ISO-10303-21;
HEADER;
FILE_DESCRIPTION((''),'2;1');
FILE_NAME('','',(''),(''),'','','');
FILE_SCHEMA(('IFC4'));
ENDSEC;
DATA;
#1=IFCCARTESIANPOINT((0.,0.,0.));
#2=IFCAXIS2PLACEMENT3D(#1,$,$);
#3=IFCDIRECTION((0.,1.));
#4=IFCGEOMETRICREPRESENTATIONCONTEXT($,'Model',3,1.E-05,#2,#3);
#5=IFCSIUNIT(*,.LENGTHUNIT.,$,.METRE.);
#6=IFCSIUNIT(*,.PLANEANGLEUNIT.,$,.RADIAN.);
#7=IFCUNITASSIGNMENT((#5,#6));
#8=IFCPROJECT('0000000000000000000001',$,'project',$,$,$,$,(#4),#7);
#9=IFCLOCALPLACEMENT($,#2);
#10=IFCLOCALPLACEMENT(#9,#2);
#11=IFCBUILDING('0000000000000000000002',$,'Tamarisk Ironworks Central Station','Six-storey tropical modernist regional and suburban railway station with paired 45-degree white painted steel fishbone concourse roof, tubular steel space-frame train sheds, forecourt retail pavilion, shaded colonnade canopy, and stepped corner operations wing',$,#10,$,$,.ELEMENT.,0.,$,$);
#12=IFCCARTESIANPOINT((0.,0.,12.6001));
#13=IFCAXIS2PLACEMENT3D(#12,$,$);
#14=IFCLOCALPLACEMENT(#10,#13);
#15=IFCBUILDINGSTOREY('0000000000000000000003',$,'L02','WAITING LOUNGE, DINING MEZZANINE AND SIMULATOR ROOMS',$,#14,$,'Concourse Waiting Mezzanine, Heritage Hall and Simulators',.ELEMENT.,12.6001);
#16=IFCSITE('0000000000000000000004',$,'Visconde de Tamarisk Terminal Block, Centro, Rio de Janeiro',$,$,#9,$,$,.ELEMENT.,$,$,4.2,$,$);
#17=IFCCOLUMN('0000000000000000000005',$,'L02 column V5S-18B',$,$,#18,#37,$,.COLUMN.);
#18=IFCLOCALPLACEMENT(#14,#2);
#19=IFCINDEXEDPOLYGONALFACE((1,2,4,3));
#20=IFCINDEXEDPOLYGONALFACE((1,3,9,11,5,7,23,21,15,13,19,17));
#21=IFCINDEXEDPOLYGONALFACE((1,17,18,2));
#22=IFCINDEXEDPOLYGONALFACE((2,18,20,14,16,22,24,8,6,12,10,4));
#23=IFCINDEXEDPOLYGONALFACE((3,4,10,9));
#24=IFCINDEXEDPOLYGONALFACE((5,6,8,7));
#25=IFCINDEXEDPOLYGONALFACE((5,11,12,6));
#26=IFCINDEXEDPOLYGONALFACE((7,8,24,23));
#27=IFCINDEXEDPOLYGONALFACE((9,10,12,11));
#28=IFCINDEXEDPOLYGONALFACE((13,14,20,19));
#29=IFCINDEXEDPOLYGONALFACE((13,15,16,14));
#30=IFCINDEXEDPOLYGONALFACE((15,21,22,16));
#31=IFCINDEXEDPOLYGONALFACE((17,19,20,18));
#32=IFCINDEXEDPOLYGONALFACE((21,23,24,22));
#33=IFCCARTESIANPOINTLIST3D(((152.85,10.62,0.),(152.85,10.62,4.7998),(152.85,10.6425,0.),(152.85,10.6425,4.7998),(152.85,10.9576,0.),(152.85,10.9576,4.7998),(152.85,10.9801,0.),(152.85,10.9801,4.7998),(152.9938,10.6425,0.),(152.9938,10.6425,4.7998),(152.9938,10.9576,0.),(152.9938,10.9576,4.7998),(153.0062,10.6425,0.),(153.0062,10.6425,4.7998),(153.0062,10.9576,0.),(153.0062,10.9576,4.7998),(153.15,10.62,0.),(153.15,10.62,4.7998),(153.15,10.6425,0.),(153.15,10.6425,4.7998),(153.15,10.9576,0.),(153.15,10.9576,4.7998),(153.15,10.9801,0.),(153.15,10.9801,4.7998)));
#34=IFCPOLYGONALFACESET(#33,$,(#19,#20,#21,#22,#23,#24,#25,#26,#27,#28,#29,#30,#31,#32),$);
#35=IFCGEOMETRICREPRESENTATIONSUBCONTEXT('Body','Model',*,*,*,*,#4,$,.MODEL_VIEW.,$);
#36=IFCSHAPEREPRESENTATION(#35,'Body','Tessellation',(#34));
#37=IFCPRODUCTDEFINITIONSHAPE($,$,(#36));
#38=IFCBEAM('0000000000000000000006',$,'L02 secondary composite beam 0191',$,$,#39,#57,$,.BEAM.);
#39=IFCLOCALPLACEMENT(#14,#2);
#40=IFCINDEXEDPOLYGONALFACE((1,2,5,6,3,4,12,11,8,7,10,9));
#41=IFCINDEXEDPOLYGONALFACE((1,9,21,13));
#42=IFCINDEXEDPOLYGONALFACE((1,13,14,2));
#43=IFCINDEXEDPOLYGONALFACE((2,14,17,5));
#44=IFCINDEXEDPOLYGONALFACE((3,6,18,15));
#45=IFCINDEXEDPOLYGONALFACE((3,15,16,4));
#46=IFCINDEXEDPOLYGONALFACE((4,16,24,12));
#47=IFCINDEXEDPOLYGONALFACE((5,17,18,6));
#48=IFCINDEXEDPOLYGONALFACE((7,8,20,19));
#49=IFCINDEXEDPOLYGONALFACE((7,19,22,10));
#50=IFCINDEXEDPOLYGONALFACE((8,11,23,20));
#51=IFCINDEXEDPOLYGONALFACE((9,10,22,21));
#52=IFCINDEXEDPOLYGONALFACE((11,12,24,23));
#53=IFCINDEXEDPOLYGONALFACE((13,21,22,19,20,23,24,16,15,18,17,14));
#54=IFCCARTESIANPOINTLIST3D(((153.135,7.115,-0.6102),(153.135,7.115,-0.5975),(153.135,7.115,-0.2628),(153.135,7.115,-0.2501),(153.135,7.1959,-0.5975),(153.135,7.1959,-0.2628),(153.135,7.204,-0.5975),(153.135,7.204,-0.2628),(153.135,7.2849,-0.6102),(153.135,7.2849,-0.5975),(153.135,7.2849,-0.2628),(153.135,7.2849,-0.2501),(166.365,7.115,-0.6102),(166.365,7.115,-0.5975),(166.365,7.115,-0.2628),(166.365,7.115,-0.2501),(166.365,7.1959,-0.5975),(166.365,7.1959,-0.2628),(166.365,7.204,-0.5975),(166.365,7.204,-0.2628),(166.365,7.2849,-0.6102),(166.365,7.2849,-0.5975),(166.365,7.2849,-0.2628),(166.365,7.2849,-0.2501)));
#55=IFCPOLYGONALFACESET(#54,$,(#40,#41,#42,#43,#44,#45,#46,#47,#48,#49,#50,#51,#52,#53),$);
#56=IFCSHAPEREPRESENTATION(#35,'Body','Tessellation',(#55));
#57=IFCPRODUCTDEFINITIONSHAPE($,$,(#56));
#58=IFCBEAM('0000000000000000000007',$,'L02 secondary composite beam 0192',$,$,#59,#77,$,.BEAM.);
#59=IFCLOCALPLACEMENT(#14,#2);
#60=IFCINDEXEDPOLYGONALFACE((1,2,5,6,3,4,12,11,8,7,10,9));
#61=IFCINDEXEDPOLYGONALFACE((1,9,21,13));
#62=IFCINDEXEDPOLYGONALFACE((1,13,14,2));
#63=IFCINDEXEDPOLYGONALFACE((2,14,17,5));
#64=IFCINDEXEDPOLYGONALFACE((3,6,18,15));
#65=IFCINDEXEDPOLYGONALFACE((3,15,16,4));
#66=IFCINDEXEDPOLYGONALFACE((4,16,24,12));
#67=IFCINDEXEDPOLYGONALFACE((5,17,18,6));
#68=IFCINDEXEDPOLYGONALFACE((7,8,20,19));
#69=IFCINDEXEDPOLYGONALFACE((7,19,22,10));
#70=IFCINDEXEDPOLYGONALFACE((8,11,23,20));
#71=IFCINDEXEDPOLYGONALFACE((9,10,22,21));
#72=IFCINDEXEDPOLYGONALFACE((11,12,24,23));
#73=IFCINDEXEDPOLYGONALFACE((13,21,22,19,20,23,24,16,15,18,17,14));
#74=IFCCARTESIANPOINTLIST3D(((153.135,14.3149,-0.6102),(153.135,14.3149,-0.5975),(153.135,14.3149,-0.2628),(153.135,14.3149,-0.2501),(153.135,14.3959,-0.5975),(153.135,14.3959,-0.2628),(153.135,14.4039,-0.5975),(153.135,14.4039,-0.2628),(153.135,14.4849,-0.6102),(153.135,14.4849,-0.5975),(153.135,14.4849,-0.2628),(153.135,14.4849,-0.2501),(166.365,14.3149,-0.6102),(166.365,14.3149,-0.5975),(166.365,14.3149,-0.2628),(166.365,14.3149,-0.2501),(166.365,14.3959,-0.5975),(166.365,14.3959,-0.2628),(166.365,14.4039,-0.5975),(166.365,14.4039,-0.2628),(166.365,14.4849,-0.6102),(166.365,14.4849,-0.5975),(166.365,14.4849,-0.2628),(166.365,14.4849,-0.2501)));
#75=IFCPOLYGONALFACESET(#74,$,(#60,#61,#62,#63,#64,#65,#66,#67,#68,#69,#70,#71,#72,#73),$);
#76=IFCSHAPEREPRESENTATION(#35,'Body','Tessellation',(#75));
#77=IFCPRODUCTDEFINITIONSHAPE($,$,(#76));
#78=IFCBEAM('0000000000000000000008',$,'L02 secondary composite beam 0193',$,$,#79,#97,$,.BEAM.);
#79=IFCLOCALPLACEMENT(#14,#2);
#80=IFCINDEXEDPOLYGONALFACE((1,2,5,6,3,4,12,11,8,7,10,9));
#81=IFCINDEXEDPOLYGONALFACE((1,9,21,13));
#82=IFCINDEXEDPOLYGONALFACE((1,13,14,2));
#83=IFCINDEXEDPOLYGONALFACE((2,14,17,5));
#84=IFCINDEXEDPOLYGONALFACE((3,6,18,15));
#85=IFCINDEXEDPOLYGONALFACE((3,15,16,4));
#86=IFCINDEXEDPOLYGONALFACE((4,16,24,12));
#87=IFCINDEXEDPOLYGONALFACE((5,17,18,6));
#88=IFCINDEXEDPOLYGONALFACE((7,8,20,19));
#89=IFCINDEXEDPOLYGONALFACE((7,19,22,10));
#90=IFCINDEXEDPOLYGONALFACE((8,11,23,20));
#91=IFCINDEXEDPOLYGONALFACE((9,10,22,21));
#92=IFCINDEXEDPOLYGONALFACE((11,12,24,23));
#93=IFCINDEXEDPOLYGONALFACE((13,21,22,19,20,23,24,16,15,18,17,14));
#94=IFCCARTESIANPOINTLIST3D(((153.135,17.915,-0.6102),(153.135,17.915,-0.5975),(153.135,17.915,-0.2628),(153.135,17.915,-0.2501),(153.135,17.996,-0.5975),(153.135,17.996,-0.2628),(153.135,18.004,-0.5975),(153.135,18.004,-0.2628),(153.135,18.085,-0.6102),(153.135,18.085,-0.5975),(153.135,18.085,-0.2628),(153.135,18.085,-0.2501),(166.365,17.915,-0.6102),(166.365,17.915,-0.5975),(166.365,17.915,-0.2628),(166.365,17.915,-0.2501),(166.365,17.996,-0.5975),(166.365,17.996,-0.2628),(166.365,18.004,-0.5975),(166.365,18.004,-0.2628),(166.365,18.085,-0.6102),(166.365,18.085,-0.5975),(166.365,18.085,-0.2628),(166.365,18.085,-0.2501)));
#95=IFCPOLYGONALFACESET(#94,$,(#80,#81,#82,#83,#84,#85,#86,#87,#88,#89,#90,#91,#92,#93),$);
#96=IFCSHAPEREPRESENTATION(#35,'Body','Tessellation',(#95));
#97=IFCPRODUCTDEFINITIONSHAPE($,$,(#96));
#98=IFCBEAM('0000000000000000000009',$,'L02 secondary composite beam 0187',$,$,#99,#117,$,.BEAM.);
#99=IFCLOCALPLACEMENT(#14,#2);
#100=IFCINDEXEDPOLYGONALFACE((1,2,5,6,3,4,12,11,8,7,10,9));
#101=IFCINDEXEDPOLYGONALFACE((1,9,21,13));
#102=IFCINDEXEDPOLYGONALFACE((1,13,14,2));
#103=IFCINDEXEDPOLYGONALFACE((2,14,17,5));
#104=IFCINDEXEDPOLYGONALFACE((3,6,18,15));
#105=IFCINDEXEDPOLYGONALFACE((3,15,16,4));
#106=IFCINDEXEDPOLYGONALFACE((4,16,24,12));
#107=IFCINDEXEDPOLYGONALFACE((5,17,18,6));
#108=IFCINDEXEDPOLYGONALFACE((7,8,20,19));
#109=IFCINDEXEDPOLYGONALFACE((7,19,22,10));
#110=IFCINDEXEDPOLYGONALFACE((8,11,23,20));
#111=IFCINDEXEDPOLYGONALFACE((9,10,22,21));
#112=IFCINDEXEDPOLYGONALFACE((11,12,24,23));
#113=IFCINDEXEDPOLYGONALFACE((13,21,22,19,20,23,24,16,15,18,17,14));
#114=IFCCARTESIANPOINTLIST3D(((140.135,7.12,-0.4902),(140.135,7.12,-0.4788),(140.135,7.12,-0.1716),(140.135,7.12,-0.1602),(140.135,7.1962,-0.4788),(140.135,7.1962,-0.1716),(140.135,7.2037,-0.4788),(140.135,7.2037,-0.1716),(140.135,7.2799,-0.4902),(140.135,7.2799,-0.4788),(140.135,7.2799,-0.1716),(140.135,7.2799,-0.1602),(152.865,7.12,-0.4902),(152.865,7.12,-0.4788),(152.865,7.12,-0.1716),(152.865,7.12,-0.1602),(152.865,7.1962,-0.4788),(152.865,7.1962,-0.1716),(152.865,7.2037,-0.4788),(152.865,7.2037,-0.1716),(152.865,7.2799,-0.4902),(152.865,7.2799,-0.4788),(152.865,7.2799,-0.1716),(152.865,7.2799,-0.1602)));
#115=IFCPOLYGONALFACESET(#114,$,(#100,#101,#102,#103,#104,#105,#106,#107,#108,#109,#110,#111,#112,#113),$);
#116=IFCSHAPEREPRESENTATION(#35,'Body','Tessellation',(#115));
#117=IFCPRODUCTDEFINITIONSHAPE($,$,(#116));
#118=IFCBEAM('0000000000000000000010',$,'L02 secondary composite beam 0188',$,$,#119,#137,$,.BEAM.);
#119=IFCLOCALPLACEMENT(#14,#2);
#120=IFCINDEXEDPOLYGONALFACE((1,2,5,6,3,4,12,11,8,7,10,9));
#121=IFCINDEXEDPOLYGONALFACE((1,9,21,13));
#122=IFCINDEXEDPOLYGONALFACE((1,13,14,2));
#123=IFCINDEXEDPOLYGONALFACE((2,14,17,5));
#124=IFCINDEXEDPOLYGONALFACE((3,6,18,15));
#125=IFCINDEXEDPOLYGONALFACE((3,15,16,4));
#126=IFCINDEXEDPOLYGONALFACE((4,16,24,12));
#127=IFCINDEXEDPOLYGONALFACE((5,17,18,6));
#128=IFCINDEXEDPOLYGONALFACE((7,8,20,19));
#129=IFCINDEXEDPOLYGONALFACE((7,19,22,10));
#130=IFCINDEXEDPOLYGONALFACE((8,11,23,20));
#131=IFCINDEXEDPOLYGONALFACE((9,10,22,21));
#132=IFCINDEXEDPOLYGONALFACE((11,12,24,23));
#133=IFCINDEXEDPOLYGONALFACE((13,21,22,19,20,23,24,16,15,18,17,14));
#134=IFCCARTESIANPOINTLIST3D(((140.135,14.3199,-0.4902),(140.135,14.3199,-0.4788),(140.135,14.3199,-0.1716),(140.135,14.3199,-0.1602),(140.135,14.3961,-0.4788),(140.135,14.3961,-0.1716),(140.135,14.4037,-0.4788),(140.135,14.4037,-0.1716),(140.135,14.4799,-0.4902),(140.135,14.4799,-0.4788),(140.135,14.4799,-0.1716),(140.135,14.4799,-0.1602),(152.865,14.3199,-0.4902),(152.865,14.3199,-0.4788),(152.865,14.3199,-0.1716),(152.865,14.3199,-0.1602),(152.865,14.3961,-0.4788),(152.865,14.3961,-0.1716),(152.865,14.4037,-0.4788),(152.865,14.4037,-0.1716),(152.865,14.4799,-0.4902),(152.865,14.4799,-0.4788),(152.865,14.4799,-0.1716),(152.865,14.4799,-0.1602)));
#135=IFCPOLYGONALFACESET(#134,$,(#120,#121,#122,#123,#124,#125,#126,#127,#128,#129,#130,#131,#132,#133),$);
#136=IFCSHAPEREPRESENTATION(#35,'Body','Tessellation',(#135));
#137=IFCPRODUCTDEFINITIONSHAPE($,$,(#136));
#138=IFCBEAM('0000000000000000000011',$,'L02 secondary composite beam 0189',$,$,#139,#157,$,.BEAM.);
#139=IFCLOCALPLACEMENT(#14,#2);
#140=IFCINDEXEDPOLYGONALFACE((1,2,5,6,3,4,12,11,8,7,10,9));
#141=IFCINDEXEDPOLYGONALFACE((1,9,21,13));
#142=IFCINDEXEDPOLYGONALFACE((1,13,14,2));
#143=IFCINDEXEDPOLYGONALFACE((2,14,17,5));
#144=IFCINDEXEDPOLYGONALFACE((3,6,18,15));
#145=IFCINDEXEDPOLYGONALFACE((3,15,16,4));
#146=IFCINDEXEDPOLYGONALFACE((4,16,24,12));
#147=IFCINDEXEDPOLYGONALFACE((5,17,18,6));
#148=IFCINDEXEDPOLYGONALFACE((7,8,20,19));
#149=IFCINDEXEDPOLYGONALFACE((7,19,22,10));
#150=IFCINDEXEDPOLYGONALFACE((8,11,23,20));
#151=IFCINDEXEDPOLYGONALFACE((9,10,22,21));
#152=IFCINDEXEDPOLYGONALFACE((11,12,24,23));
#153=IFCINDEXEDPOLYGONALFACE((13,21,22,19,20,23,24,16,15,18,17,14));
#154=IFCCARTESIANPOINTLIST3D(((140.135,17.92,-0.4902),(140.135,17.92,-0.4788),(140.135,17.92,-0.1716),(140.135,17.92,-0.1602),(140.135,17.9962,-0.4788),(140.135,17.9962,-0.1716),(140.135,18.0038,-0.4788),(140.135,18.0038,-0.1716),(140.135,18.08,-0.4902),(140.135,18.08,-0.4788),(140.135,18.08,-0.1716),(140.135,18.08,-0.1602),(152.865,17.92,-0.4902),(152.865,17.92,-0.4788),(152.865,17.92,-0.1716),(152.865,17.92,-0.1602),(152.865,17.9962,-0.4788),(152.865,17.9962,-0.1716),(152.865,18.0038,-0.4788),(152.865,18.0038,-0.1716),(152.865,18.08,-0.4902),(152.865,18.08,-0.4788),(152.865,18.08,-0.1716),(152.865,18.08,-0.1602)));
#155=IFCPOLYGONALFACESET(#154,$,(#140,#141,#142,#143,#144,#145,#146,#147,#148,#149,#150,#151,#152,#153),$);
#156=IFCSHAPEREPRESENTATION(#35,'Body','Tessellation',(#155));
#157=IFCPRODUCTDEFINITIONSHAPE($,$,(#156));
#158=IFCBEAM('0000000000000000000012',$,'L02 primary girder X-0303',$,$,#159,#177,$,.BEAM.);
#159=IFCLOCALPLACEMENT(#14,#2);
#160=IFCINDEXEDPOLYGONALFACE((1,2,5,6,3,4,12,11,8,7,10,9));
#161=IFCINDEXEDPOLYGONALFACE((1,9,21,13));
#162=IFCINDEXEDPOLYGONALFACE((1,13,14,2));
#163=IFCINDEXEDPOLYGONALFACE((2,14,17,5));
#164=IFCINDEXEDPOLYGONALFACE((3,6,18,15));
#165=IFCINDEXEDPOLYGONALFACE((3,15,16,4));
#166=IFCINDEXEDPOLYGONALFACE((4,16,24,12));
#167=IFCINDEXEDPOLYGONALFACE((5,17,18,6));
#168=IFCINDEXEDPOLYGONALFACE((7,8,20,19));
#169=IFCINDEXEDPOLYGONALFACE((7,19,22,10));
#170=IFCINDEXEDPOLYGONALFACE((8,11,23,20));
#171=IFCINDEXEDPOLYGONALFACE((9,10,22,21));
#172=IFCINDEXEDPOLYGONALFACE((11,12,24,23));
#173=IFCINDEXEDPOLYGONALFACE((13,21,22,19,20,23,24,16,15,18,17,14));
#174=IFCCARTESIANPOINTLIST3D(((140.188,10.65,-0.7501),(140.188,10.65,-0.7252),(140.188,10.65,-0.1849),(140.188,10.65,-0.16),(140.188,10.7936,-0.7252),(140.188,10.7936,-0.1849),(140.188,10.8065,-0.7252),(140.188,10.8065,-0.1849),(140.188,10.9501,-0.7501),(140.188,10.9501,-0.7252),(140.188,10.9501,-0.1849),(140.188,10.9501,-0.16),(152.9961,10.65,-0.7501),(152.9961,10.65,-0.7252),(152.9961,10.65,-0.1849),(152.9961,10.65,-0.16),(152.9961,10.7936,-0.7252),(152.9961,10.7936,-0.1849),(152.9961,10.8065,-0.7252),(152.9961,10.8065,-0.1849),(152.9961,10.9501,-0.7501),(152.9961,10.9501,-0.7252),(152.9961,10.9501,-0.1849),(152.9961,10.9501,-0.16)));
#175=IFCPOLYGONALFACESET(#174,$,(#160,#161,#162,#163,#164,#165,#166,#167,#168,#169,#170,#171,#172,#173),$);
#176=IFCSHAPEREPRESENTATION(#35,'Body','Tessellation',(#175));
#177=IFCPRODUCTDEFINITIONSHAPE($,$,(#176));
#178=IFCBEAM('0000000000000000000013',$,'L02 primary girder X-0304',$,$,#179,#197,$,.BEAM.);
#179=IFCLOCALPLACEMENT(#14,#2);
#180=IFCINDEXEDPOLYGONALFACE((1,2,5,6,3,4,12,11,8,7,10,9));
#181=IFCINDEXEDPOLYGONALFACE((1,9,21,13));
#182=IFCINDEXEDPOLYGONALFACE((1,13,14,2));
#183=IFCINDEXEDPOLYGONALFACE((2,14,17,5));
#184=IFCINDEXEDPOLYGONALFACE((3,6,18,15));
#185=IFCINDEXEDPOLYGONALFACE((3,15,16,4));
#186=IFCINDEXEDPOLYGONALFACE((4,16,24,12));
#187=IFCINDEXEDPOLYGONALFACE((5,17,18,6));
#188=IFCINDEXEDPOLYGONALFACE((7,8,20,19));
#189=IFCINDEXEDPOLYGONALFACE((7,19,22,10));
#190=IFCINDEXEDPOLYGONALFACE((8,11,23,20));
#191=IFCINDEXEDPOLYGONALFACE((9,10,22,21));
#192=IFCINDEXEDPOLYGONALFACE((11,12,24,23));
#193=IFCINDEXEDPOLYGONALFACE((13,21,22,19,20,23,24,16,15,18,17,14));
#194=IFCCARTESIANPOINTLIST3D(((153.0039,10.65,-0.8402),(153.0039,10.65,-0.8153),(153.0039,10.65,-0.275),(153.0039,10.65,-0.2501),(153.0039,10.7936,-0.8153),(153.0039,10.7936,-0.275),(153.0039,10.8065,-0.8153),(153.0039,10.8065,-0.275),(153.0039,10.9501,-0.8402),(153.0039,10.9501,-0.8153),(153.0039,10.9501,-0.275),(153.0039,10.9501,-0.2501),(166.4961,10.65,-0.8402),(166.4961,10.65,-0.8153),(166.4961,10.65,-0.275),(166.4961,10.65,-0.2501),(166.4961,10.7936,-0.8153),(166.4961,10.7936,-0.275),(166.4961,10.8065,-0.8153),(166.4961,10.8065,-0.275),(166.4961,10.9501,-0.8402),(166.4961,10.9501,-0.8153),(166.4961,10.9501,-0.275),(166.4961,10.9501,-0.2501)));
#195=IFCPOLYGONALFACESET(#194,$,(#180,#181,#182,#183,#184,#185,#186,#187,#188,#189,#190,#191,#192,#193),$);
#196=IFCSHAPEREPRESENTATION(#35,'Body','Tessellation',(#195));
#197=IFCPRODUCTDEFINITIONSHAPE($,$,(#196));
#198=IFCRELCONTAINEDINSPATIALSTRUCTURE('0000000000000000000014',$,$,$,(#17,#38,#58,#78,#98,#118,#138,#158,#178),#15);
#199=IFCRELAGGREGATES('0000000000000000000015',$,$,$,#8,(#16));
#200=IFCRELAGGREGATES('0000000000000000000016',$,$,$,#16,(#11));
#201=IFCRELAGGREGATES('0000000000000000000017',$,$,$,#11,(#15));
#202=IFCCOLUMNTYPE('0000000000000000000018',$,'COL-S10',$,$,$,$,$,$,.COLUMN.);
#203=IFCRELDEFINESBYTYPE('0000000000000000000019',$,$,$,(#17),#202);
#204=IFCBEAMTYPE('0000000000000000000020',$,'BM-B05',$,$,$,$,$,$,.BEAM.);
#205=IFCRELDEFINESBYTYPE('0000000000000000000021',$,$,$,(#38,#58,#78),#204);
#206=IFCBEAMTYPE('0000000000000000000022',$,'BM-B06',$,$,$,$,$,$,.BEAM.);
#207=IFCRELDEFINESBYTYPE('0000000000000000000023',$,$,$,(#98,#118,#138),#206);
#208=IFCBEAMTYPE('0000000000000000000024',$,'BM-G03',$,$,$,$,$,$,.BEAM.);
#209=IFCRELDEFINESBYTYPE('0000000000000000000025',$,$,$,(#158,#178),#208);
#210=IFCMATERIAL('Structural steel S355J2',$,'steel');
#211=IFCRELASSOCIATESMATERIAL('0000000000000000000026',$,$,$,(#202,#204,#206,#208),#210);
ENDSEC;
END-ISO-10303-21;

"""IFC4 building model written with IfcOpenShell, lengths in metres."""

from ifc_helpers import new_model, si_unit, direction, frame, origin, origin_2d, place, context, subcontext, project, spatial, i_section, extrude, material, material_profile, profile_set, type_object, element, save


model = new_model("IFC4")

# Units and contexts
model_context = context("Model", 3, precision=1e-05, world=origin(), true_north=direction((0.0, 1.0)))
body_context = subcontext(model_context, "Body", "Model", "MODEL_VIEW")
ifc_project = project(units=[si_unit("LENGTHUNIT", "METRE"), si_unit("PLANEANGLEUNIT", "RADIAN")], contexts=[model_context])

# Site, building, storey
site_placement = place(None, origin())
site = spatial("IfcSite", under=ifc_project, at=site_placement, Name="Visconde de Tamarisk Terminal Block, Centro, Rio de Janeiro", CompositionType="ELEMENT", RefElevation=4.2)
building_placement = place(site_placement, origin())
building = spatial("IfcBuilding", under=site, at=building_placement, Name="Tamarisk Ironworks Central Station", Description="Six-storey tropical modernist regional and suburban railway station with paired 45-degree white painted steel fishbone concourse roof, tubular steel space-frame train sheds, forecourt retail pavilion, shaded colonnade canopy, and stepped corner operations wing", CompositionType="ELEMENT", ElevationOfRefHeight=0.0)
storey_placement = place(building_placement, frame((0.0, 0.0, 12.6001)))
storey = spatial("IfcBuildingStorey", under=building, at=storey_placement, Name="L02", Description="WAITING LOUNGE, DINING MEZZANINE AND SIMULATOR ROOMS", LongName="Concourse Waiting Mezzanine, Heritage Hall and Simulators", CompositionType="ELEMENT", Elevation=12.6001)

# Column
ifc_material_1 = material(Name="Structural steel S355J2", Category="steel")
ifc_material_profile_1 = material_profile(ifc_material_1, i_section(OverallWidth=0.3, OverallDepth=0.3601, WebThickness=0.0125, FlangeThickness=0.0225, at=origin_2d()), Name="HEB 360")
ifc_profile_set_1 = profile_set([ifc_material_profile_1], Name="Structural steel S355J2")
column_type = type_object("IfcColumnType", Name="COL-S10", PredefinedType="COLUMN", material=ifc_profile_set_1)
column_placement = place(storey_placement, frame((153.0, 10.8, 0.0), z_axis=(0.0, 0.0, 1.0), x_axis=(1.0, 0.0, 0.0)))
element("IfcColumn", 1, at=column_placement, inside=storey, type_object=column_type, Name="L02 column V5S-18B", PredefinedType="COLUMN", context=body_context, shape_type="SweptSolid", body=[
    extrude(i_section(OverallWidth=0.3, OverallDepth=0.3601, WebThickness=0.0125, FlangeThickness=0.0225, at=origin_2d()), origin(), (0.0, 0.0, 1.0), 4.7998),
])

# Beams
ifc_material_profile_2 = material_profile(ifc_material_1, i_section(OverallWidth=0.1699, OverallDepth=0.3601, WebThickness=0.0081, FlangeThickness=0.0127, at=origin_2d()), Name="IPE 360")
ifc_profile_set_2 = profile_set([ifc_material_profile_2], Name="Structural steel S355J2")
beam_type_1 = type_object("IfcBeamType", Name="BM-B05", PredefinedType="BEAM", material=ifc_profile_set_2)
for number, where, z_axis, x_axis, name in (
    (2, (153.135, 7.2, -0.4302), (1.0, 0.0, 0.0), (0.0, 1.0, 0.0), "L02 secondary composite beam 0191"),
    (3, (153.135, 14.3999, -0.4302), (1.0, 0.0, 0.0), (0.0, 1.0, 0.0), "L02 secondary composite beam 0192"),
    (4, (153.135, 18.0, -0.4302), (1.0, 0.0, 0.0), (0.0, 1.0, 0.0), "L02 secondary composite beam 0193"),
):
    element("IfcBeam", number, at=place(storey_placement, frame(where, z_axis=z_axis, x_axis=x_axis)), inside=storey, type_object=beam_type_1, Name=name, PredefinedType="BEAM", context=body_context, shape_type="SweptSolid", body=[
        extrude(i_section(OverallWidth=0.1699, OverallDepth=0.3601, WebThickness=0.0081, FlangeThickness=0.0127, at=origin_2d()), origin(), (0.0, 0.0, 1.0), 13.23),
    ])
ifc_material_profile_3 = material_profile(ifc_material_1, i_section(OverallWidth=0.1599, OverallDepth=0.3301, WebThickness=0.0076, FlangeThickness=0.0115, at=origin_2d()), Name="IPE 330")
ifc_profile_set_3 = profile_set([ifc_material_profile_3], Name="Structural steel S355J2")
beam_type_2 = type_object("IfcBeamType", Name="BM-B06", PredefinedType="BEAM", material=ifc_profile_set_3)
for number, where, z_axis, x_axis, name in (
    (5, (140.135, 7.2, -0.3252), (1.0, 0.0, 0.0), (0.0, 1.0, 0.0), "L02 secondary composite beam 0187"),
    (6, (140.135, 14.3999, -0.3252), (1.0, 0.0, 0.0), (0.0, 1.0, 0.0), "L02 secondary composite beam 0188"),
    (7, (140.135, 18.0, -0.3252), (1.0, 0.0, 0.0), (0.0, 1.0, 0.0), "L02 secondary composite beam 0189"),
):
    element("IfcBeam", number, at=place(storey_placement, frame(where, z_axis=z_axis, x_axis=x_axis)), inside=storey, type_object=beam_type_2, Name=name, PredefinedType="BEAM", context=body_context, shape_type="SweptSolid", body=[
        extrude(i_section(OverallWidth=0.1599, OverallDepth=0.3301, WebThickness=0.0076, FlangeThickness=0.0115, at=origin_2d()), origin(), (0.0, 0.0, 1.0), 12.73),
    ])
ifc_material_profile_4 = material_profile(ifc_material_1, i_section(OverallWidth=0.3, OverallDepth=0.5901, WebThickness=0.0129, FlangeThickness=0.0249, at=origin_2d()), Name="HEA 600")
ifc_profile_set_4 = profile_set([ifc_material_profile_4], Name="Structural steel S355J2")
beam_type_3 = type_object("IfcBeamType", Name="BM-G03", PredefinedType="BEAM", material=ifc_profile_set_4)
beam_1_placement = place(storey_placement, frame((140.188, 10.8, -0.4551), z_axis=(1.0, 0.0, 0.0), x_axis=(0.0, 1.0, 0.0)))
element("IfcBeam", 8, at=beam_1_placement, inside=storey, type_object=beam_type_3, Name="L02 primary girder X-0303", PredefinedType="BEAM", context=body_context, shape_type="SweptSolid", body=[
    extrude(i_section(OverallWidth=0.3, OverallDepth=0.5901, WebThickness=0.0129, FlangeThickness=0.0249, at=origin_2d()), origin(), (0.0, 0.0, 1.0), 12.8081),
])
beam_2_placement = place(storey_placement, frame((153.0039, 10.8, -0.5452), z_axis=(1.0, 0.0, 0.0), x_axis=(0.0, 1.0, 0.0)))
element("IfcBeam", 9, at=beam_2_placement, inside=storey, type_object=beam_type_3, Name="L02 primary girder X-0304", PredefinedType="BEAM", context=body_context, shape_type="SweptSolid", body=[
    extrude(i_section(OverallWidth=0.3, OverallDepth=0.5901, WebThickness=0.0129, FlangeThickness=0.0249, at=origin_2d()), origin(), (0.0, 0.0, 1.0), 13.4922),
])

save(model, "model.ifc")
